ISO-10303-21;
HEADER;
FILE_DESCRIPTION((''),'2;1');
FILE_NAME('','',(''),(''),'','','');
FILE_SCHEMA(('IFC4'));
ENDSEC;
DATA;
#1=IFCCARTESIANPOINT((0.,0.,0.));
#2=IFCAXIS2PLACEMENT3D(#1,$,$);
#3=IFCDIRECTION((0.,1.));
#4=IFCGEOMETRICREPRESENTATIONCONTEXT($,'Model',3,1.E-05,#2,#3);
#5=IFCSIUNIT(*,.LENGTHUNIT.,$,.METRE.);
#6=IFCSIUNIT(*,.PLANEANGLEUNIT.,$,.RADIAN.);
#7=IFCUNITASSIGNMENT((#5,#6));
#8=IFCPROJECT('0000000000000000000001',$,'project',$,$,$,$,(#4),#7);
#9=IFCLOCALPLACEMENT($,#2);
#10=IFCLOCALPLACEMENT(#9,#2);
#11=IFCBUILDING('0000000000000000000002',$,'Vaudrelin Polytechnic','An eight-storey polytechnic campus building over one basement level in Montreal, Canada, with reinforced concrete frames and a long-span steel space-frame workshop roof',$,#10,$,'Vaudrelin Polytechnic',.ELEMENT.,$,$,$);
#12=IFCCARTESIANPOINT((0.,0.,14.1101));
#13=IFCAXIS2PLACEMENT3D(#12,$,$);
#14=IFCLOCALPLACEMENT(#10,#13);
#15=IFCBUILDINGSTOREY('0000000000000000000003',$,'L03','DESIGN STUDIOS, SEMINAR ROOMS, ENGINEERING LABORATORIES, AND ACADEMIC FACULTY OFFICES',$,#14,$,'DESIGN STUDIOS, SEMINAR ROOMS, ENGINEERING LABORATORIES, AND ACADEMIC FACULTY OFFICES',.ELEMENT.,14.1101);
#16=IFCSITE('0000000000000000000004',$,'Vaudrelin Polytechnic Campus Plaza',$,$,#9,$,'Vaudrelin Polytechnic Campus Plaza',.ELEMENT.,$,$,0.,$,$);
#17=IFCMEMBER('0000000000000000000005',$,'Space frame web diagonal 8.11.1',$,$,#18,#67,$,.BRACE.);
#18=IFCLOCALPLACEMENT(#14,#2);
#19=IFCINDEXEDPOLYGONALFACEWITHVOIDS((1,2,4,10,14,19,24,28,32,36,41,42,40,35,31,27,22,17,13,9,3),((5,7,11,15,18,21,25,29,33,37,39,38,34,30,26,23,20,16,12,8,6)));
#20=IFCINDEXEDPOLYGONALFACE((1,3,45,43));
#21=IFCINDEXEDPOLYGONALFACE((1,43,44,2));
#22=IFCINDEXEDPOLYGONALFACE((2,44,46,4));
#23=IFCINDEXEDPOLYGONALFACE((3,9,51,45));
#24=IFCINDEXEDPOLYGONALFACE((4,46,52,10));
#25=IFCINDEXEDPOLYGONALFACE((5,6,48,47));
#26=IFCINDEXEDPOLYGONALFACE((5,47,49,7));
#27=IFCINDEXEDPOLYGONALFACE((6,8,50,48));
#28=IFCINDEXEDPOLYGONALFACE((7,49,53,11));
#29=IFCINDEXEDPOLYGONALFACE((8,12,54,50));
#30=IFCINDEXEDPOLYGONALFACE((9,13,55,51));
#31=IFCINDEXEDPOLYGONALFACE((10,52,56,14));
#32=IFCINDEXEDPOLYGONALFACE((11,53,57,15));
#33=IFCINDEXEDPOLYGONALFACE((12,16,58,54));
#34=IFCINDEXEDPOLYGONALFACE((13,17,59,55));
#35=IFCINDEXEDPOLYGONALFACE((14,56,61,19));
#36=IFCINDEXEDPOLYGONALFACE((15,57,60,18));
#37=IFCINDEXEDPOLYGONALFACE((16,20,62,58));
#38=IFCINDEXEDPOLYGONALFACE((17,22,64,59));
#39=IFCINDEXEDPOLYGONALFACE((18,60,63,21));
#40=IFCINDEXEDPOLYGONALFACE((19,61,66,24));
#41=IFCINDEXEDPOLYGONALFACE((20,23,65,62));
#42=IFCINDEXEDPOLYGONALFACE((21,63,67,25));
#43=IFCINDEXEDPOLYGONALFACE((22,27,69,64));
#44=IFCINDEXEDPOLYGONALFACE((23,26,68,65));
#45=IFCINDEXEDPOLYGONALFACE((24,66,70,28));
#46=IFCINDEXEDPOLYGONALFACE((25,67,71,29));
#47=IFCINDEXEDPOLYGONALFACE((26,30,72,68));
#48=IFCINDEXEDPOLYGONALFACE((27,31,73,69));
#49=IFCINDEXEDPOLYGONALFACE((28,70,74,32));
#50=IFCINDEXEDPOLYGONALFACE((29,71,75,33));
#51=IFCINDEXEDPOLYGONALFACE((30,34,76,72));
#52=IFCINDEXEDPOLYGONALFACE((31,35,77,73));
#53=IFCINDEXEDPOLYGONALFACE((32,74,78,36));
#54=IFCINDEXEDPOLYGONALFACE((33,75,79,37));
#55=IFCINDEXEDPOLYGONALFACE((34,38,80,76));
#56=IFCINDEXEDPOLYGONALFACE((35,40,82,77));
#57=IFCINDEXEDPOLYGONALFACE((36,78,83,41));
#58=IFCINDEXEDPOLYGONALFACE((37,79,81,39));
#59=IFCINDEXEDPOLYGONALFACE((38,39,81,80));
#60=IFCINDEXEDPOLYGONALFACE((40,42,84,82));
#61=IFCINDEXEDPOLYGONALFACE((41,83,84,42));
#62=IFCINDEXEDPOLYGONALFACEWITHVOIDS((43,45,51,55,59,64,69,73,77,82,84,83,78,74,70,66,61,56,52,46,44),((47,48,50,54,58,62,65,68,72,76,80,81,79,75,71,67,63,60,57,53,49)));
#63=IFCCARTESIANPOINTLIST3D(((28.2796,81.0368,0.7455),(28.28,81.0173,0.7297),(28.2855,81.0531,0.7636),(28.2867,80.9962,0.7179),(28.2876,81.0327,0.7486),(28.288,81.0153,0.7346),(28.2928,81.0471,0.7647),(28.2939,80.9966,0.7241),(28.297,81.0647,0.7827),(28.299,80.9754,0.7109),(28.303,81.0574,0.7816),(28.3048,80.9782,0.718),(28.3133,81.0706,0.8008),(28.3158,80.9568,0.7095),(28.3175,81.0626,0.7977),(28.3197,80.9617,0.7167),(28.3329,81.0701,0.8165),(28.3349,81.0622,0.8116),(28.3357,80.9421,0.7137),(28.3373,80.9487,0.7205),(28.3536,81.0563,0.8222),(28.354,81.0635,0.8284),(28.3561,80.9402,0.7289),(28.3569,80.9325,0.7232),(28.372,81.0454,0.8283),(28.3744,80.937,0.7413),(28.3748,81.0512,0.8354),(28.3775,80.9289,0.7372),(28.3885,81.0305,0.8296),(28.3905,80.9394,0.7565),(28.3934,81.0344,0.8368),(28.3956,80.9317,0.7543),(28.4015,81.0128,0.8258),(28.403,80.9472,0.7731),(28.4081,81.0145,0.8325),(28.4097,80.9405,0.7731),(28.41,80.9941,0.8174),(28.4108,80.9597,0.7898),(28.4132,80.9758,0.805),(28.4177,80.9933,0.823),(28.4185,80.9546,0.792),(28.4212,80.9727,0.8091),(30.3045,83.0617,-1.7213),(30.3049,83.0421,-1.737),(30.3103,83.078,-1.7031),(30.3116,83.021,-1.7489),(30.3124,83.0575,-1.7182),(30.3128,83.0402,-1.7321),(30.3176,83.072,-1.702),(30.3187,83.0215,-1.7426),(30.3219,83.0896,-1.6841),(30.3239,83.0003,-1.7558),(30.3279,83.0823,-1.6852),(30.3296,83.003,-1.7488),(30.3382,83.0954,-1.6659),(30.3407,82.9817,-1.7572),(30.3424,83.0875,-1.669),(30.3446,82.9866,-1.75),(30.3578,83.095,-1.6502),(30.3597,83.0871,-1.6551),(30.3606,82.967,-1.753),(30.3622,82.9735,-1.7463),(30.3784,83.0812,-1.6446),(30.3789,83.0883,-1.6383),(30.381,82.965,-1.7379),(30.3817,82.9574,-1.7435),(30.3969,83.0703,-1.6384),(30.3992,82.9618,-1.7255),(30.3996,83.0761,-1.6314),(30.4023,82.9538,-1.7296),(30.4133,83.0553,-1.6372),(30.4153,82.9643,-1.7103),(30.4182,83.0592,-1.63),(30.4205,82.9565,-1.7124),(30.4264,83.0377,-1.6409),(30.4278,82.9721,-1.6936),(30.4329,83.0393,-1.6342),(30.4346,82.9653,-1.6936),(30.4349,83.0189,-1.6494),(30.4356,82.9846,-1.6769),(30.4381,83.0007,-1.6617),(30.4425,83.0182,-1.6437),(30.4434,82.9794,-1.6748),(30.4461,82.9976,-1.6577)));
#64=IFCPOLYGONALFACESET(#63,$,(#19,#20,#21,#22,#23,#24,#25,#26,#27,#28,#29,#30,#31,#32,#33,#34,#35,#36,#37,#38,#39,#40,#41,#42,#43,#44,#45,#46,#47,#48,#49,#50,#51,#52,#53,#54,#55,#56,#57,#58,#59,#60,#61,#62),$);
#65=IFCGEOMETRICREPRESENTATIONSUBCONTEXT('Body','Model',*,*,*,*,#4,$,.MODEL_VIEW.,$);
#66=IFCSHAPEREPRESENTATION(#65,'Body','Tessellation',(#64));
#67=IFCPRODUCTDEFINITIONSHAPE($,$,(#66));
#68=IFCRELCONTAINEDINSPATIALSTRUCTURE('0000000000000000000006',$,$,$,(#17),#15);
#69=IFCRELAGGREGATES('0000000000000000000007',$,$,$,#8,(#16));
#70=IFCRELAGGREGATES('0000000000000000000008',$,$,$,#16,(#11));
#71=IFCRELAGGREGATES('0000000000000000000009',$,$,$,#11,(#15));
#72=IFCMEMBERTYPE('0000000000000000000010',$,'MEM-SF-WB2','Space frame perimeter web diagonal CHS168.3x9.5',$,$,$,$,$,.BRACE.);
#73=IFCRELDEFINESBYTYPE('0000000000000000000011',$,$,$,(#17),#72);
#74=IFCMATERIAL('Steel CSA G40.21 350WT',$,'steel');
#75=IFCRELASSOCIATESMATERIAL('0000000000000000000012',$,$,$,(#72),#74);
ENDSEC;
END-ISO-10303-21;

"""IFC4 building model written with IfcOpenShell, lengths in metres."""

from ifc_helpers import new_model, si_unit, direction, frame, origin, origin_2d, place, context, subcontext, project, spatial, hollow_circle, extrude, material, material_profile, profile_set, type_object, element, save


model = new_model("IFC4")

# Units and contexts
model_context = context("Model", 3, precision=1e-05, world=origin(), true_north=direction((0.0, 1.0)))
body_context = subcontext(model_context, "Body", "Model", "MODEL_VIEW")
ifc_project = project(units=[si_unit("LENGTHUNIT", "METRE"), si_unit("PLANEANGLEUNIT", "RADIAN")], contexts=[model_context])

# Site, building, storey
site_placement = place(None, origin())
site = spatial("IfcSite", under=ifc_project, at=site_placement, Name="Vaudrelin Polytechnic Campus Plaza", LongName="Vaudrelin Polytechnic Campus Plaza", CompositionType="ELEMENT", RefElevation=0.0)
building_placement = place(site_placement, origin())
building = spatial("IfcBuilding", under=site, at=building_placement, Name="Vaudrelin Polytechnic", Description="An eight-storey polytechnic campus building over one basement level in Montreal, Canada, with reinforced concrete frames and a long-span steel space-frame workshop roof", LongName="Vaudrelin Polytechnic", CompositionType="ELEMENT")
storey_placement = place(building_placement, frame((0.0, 0.0, 14.1101)))
storey = spatial("IfcBuildingStorey", under=building, at=storey_placement, Name="L03", Description="DESIGN STUDIOS, SEMINAR ROOMS, ENGINEERING LABORATORIES, AND ACADEMIC FACULTY OFFICES", LongName="DESIGN STUDIOS, SEMINAR ROOMS, ENGINEERING LABORATORIES, AND ACADEMIC FACULTY OFFICES", CompositionType="ELEMENT", Elevation=14.1101)

# Member
ifc_material = material(Name="Steel CSA G40.21 350WT", Category="steel")
ifc_material_profile_1 = material_profile(ifc_material, hollow_circle(Radius=0.0842, WallThickness=0.0095, at=origin_2d()), Name="CHS168.3x9.5")
ifc_profile_set_1 = profile_set([ifc_material_profile_1], Name="Steel CSA G40.21 350WT")
member_type_1 = type_object("IfcMemberType", Name="MEM-SF-WB2", Description="Space frame perimeter web diagonal CHS168.3x9.5", PredefinedType="BRACE", material=ifc_profile_set_1)
for number, where, z_axis, x_axis, name in (
    (1, (30.375, 83.0249, -1.6936), (-0.535742, -0.535742, 0.652657), (0.707107, -0.707107, 0.0), "Space frame web diagonal 8.11.1"),
):
    element("IfcMember", number, at=place(storey_placement, frame(where, z_axis=z_axis, x_axis=x_axis)), inside=storey, type_object=member_type_1, Name=name, PredefinedType="BRACE", context=body_context, shape_type="SweptSolid", body=[
        extrude(hollow_circle(Radius=0.0842, WallThickness=0.0095, at=origin_2d()), origin(), (0.0, 0.0, 1.0), 3.7795),
    ])

save(model, "model.ifc")
